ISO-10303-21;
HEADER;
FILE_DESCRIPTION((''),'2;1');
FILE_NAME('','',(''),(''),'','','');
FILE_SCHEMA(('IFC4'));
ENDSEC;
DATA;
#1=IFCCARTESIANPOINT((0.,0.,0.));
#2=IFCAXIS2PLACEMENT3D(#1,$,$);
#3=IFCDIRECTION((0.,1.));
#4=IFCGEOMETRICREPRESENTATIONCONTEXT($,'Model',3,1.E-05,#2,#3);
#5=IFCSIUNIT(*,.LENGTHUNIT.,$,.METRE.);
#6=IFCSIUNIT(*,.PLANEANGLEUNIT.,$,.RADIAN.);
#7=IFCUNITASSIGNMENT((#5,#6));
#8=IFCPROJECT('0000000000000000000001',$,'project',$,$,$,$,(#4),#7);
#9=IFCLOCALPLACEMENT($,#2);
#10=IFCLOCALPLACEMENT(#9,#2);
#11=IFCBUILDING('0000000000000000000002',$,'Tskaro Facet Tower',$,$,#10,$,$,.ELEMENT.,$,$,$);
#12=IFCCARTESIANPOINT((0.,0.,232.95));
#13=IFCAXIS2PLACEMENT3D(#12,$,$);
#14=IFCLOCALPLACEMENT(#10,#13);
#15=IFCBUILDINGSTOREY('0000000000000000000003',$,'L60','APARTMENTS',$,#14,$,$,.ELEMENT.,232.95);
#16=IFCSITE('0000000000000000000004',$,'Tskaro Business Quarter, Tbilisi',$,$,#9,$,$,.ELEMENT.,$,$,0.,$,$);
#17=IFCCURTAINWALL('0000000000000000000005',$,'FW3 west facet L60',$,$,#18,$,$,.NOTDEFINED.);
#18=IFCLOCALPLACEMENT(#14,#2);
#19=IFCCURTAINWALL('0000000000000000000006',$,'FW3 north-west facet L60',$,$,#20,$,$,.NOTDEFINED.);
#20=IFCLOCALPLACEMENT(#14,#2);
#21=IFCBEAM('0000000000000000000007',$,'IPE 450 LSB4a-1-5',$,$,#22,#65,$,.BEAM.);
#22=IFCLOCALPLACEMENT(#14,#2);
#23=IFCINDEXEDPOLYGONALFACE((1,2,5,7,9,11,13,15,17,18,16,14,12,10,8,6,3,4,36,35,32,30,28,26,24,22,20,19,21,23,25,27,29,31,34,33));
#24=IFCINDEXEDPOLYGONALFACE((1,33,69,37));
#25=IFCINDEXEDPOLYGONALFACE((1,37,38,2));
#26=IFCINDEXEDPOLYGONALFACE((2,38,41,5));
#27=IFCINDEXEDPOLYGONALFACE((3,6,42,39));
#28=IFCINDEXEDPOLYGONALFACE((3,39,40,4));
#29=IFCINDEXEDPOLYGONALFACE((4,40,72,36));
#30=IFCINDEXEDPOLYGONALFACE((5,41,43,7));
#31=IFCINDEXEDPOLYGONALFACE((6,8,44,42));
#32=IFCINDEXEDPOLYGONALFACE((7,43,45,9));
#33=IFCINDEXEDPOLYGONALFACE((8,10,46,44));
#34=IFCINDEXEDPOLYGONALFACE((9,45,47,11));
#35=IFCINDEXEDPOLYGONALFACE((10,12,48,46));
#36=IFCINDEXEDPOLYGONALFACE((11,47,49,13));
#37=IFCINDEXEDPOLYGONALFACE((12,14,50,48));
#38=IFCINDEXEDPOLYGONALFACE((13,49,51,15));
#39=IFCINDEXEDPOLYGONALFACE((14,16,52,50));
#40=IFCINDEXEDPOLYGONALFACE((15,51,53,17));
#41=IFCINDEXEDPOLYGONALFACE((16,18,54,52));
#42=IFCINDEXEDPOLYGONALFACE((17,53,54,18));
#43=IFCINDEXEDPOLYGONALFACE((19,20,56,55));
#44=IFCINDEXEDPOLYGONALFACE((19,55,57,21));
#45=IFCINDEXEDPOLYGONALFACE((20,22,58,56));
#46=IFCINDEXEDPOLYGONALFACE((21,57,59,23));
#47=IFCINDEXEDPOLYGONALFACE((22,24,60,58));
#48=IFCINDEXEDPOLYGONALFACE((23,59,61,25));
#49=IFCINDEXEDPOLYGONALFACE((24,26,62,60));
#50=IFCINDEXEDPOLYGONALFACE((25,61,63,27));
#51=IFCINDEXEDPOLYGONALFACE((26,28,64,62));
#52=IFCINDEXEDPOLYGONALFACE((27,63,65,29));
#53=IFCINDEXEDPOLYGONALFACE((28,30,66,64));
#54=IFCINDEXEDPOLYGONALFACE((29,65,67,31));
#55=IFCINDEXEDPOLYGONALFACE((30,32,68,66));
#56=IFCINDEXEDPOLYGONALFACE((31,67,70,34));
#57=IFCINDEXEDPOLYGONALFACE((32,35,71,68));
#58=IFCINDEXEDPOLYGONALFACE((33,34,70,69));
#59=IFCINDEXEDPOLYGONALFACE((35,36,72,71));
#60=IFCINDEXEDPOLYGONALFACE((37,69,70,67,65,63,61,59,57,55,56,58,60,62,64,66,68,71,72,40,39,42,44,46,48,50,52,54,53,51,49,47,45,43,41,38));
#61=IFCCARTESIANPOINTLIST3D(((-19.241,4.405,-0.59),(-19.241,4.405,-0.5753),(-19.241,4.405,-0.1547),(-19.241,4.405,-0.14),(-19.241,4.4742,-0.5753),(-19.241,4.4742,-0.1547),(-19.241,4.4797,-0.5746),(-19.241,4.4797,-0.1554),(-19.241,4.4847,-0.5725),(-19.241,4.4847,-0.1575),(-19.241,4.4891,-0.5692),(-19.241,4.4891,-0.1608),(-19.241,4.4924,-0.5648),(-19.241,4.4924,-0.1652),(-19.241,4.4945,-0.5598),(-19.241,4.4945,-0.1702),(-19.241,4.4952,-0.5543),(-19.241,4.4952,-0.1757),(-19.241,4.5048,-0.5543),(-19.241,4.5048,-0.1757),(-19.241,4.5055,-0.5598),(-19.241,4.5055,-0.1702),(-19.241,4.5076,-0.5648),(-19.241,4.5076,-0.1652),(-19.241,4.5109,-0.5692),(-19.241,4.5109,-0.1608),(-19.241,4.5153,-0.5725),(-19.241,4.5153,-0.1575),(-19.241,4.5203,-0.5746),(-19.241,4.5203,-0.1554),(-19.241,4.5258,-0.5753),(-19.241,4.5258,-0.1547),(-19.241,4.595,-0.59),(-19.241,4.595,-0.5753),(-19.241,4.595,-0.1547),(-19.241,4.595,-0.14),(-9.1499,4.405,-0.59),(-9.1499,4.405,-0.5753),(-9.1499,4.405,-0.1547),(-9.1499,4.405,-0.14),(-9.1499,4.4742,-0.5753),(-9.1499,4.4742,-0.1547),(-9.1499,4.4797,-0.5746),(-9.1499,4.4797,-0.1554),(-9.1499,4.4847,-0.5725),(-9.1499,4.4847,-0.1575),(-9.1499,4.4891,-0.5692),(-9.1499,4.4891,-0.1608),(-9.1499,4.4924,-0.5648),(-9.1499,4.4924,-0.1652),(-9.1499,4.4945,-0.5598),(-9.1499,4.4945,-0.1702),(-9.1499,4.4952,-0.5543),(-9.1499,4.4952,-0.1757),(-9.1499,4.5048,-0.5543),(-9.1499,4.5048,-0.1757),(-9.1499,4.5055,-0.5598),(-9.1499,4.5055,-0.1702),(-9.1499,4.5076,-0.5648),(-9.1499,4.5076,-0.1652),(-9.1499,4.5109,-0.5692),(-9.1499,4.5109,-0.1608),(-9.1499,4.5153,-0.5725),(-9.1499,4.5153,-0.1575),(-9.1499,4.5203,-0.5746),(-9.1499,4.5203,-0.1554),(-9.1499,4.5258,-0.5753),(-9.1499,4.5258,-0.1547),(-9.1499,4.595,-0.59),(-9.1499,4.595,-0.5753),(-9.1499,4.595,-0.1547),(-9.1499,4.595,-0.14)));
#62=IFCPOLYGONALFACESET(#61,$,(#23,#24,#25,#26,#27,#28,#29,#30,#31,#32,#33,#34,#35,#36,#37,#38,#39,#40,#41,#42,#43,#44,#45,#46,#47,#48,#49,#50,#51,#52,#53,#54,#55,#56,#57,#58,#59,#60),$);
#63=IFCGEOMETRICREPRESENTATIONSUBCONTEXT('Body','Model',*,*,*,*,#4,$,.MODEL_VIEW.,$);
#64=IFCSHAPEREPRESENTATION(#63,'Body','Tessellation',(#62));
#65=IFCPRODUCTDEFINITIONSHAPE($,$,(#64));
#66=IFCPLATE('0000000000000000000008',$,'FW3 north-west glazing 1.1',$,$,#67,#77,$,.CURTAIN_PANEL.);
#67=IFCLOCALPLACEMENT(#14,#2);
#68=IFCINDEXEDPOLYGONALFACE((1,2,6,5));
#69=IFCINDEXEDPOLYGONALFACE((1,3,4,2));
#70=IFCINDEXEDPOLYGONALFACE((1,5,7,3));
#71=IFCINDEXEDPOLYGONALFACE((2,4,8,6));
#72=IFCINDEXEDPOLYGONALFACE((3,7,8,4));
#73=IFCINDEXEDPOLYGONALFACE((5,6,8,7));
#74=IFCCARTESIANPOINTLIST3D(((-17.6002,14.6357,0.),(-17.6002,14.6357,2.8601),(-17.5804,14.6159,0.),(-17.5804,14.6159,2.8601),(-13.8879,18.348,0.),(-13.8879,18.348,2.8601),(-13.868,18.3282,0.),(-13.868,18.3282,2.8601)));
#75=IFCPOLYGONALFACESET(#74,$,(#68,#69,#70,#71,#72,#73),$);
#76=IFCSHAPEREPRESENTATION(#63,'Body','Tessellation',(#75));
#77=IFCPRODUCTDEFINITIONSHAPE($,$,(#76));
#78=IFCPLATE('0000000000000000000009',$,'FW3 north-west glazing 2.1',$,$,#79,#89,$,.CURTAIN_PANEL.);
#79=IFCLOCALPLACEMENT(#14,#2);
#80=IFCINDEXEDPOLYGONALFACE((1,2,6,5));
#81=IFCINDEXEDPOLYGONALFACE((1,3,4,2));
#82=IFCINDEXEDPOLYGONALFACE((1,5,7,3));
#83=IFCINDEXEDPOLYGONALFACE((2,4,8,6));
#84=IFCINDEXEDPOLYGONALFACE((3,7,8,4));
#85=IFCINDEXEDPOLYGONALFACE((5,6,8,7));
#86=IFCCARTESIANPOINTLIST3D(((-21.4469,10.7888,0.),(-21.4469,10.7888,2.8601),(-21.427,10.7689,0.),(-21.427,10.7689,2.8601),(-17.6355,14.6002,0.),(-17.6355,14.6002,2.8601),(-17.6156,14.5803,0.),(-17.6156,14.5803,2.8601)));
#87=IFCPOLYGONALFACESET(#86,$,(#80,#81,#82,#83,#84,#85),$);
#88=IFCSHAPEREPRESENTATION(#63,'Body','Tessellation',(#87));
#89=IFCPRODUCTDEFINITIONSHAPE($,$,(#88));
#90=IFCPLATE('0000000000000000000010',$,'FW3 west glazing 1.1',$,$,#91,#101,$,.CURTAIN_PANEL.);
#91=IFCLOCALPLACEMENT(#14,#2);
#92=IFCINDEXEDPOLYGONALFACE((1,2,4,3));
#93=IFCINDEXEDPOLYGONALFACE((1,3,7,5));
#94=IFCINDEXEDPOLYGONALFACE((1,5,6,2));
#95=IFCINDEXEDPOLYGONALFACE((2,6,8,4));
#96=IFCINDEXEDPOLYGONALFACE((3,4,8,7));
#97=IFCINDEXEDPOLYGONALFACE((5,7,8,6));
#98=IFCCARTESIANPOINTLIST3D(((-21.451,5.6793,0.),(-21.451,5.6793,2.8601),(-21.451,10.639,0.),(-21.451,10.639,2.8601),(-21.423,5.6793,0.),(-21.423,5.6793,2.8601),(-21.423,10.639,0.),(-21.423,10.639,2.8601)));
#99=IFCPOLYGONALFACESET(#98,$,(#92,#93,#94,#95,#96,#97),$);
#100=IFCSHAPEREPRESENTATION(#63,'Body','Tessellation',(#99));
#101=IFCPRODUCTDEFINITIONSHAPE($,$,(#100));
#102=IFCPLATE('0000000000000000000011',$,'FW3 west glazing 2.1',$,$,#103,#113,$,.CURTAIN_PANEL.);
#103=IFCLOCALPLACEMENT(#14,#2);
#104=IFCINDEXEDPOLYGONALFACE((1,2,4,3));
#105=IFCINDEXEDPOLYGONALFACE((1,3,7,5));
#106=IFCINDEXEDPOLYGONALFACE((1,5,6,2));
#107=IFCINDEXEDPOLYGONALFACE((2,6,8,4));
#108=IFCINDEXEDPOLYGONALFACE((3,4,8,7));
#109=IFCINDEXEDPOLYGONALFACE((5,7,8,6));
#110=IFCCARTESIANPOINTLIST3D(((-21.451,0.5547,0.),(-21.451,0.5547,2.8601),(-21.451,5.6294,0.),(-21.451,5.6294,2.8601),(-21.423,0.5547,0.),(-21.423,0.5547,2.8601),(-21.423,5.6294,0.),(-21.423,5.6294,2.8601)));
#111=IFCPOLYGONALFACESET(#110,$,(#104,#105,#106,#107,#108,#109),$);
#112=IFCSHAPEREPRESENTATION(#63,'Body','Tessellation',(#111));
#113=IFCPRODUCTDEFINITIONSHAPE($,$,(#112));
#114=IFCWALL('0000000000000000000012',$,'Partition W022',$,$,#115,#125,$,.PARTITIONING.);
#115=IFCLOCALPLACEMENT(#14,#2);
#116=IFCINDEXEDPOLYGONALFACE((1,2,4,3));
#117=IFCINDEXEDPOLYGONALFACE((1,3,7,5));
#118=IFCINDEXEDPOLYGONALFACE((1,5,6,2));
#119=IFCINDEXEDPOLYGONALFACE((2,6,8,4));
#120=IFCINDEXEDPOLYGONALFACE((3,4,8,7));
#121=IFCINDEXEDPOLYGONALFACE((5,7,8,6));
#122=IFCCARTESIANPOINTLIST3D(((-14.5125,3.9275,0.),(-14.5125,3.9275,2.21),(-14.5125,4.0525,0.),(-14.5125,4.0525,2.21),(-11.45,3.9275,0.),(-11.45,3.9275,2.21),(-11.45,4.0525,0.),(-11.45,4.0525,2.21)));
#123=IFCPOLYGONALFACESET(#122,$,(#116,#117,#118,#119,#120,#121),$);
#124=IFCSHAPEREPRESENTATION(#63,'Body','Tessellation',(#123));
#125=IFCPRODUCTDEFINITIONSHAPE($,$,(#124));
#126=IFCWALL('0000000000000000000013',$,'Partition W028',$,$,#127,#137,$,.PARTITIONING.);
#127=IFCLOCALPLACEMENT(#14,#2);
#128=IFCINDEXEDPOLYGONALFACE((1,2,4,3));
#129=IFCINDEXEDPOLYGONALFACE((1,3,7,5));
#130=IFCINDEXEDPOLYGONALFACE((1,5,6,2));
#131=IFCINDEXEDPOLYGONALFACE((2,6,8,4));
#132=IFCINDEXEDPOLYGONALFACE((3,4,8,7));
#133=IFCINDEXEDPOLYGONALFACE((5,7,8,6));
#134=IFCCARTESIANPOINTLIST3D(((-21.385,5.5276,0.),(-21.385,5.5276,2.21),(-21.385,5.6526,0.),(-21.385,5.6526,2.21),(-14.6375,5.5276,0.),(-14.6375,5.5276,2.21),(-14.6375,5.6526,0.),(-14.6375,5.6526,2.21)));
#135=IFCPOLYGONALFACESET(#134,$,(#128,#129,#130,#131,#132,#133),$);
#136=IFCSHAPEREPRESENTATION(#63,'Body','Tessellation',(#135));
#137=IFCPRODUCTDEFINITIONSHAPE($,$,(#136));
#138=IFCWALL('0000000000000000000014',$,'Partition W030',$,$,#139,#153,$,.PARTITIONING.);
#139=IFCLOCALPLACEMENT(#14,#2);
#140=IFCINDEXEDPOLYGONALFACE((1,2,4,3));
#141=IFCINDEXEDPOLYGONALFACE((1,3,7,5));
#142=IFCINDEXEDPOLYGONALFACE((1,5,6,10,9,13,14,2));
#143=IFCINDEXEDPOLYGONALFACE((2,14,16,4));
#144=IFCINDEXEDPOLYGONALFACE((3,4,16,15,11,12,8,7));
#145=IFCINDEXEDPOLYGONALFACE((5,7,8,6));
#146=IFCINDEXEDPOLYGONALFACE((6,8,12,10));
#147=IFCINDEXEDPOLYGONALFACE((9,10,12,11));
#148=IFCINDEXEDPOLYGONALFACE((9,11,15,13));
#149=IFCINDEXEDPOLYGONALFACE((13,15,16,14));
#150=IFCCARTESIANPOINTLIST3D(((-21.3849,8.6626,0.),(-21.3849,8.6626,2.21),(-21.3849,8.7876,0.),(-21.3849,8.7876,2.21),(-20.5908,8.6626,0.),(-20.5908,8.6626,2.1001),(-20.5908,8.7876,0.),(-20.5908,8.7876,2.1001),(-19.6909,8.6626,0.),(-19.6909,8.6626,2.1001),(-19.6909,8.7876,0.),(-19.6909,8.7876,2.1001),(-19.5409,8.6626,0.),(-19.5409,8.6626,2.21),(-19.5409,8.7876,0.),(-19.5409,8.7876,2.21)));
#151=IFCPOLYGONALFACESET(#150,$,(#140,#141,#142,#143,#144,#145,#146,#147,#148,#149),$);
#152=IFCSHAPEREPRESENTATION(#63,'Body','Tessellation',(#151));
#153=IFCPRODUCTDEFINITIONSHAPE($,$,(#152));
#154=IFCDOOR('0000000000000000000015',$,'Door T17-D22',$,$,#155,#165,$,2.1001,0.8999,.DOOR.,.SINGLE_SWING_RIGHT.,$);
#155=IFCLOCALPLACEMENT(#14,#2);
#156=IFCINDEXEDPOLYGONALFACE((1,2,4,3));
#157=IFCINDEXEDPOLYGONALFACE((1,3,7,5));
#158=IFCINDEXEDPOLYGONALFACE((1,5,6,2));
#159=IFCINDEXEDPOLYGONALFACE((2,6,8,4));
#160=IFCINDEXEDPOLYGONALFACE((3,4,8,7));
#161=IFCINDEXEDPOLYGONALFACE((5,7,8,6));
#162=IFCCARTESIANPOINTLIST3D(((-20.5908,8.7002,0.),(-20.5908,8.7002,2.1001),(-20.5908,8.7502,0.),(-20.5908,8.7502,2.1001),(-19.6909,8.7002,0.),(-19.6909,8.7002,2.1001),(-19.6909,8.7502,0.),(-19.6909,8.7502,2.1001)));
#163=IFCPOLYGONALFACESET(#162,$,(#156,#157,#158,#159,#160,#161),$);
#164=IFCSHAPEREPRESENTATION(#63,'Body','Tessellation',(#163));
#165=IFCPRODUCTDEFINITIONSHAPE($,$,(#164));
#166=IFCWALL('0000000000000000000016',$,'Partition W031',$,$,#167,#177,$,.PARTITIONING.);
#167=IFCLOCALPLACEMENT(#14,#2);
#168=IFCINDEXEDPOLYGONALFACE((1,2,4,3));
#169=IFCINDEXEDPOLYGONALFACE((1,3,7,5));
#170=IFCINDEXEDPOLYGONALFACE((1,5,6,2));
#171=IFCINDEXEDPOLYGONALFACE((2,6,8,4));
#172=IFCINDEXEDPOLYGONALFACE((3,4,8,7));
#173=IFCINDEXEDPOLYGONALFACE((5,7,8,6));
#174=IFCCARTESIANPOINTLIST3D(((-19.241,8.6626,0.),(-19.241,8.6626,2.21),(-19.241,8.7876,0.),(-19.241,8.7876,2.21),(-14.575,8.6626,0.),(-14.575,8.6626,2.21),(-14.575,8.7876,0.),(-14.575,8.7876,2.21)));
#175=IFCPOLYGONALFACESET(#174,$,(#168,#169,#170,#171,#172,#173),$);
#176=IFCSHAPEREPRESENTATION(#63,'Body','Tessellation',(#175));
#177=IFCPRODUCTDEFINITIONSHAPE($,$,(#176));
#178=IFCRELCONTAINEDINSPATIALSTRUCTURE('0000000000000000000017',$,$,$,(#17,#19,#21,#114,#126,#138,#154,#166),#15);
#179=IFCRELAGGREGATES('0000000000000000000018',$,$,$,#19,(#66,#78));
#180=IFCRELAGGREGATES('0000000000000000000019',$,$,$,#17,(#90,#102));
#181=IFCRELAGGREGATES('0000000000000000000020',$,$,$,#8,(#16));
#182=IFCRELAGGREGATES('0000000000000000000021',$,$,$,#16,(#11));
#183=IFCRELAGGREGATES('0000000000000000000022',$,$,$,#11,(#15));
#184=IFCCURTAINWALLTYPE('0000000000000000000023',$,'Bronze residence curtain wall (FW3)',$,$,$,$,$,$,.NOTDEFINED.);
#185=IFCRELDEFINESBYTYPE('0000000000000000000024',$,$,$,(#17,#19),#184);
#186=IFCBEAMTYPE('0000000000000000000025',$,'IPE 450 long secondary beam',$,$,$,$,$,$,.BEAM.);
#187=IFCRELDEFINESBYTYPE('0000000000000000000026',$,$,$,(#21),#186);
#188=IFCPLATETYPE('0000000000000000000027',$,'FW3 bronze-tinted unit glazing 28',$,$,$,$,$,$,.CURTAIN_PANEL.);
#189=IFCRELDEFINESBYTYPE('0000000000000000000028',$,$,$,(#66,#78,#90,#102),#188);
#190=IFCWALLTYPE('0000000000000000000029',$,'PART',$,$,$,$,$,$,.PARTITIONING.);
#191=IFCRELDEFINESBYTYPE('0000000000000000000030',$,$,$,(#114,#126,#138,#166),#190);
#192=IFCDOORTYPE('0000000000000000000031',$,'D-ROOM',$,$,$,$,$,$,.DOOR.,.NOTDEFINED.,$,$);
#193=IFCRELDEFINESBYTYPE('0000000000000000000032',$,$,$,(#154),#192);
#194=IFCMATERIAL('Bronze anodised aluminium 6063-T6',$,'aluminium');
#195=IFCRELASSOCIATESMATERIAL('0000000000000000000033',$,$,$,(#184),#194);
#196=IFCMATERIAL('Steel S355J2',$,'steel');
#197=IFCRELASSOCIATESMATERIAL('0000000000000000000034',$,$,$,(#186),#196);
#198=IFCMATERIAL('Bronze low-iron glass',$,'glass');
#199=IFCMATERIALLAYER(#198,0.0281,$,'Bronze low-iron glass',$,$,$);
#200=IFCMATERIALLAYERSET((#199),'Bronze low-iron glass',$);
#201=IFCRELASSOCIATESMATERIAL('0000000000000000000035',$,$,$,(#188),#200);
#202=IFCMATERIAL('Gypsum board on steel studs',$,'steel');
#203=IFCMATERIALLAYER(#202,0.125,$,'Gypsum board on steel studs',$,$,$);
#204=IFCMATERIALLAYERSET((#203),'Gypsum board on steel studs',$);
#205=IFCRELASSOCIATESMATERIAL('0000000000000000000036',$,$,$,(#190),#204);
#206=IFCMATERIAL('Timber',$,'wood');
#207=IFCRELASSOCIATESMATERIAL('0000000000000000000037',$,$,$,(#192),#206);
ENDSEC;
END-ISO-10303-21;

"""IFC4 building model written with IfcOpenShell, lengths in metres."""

from ifc_helpers import new_model, si_unit, direction, frame, frame_2d, origin, origin_2d, place, context, subcontext, project, spatial, rectangle, i_section, extrude, material, layer, layer_set, material_profile, profile_set, type_object, element, fill, aggregate, save


model = new_model("IFC4")

# Units and contexts
model_context = context("Model", 3, precision=1e-05, world=origin(), true_north=direction((0.0, 1.0)))
body_context = subcontext(model_context, "Body", "Model", "MODEL_VIEW")
ifc_project = project(units=[si_unit("LENGTHUNIT", "METRE"), si_unit("PLANEANGLEUNIT", "RADIAN")], contexts=[model_context])

# Site, building, storey
site_placement = place(None, origin())
site = spatial("IfcSite", under=ifc_project, at=site_placement, Name="Tskaro Business Quarter, Tbilisi", CompositionType="ELEMENT", RefElevation=0.0)
building_placement = place(site_placement, origin())
building = spatial("IfcBuilding", under=site, at=building_placement, Name="Tskaro Facet Tower", CompositionType="ELEMENT")
storey_placement = place(building_placement, frame((0.0, 0.0, 232.95)))
storey = spatial("IfcBuildingStorey", under=building, at=storey_placement, Name="L60", Description="APARTMENTS", CompositionType="ELEMENT", Elevation=232.95)

# Shared definitions
ifc_material_1 = material(Name="Steel S355J2", Category="steel")

# Curtain walls
ifc_material_2 = material(Name="Bronze anodised aluminium 6063-T6", Category="aluminium")
curtain_wall_type = type_object("IfcCurtainWallType", Name="Bronze residence curtain wall (FW3)", PredefinedType="NOTDEFINED", material=ifc_material_2)
curtain_wall_1_placement = place(storey_placement, origin())
curtain_wall_1 = element("IfcCurtainWall", 1, at=curtain_wall_1_placement, inside=storey, type_object=curtain_wall_type, Name="FW3 west facet L60", PredefinedType="NOTDEFINED")
curtain_wall_2_placement = place(storey_placement, origin())
curtain_wall_2 = element("IfcCurtainWall", 2, at=curtain_wall_2_placement, inside=storey, type_object=curtain_wall_type, Name="FW3 north-west facet L60", PredefinedType="NOTDEFINED")

# Beam
ifc_material_profile_1 = material_profile(ifc_material_1, i_section(OverallWidth=0.1899, OverallDepth=0.45, WebThickness=0.0095, FlangeThickness=0.0146, FilletRadius=0.021, at=origin_2d()), Name="IPE 450")
ifc_profile_set_1 = profile_set([ifc_material_profile_1], Name="Steel S355J2")
beam_type_1 = type_object("IfcBeamType", Name="IPE 450 long secondary beam", PredefinedType="BEAM", material=ifc_profile_set_1)
beam_1_placement = place(storey_placement, frame((-19.241, 4.5, -0.365), z_axis=(1.0, 0.0, 0.0), x_axis=(0.0, 1.0, 0.0)))
element("IfcBeam", 3, at=beam_1_placement, inside=storey, type_object=beam_type_1, Name="IPE 450 LSB4a-1-5", PredefinedType="BEAM", context=body_context, shape_type="SweptSolid", body=[
    extrude(i_section(OverallWidth=0.1899, OverallDepth=0.45, WebThickness=0.0095, FlangeThickness=0.0146, FilletRadius=0.021, at=origin_2d()), origin(), (0.0, 0.0, 1.0), 10.0911),
])

# Plates
ifc_material_3 = material(Name="Bronze low-iron glass", Category="glass")
ifc_layer_1 = layer(ifc_material_3, 0.0281, Name="Bronze low-iron glass")
ifc_layer_set_1 = layer_set([ifc_layer_1], Name="Bronze low-iron glass")
plate_type = type_object("IfcPlateType", Name="FW3 bronze-tinted unit glazing 28", PredefinedType="CURTAIN_PANEL", material=ifc_layer_set_1)
plate_1_placement = place(storey_placement, frame((-15.7341, 16.4819, 0.0), z_axis=(0.0, 0.0, 1.0), x_axis=(-0.707107, -0.707107, 0.0)))
plate_1 = element("IfcPlate", 4, at=plate_1_placement, type_object=plate_type, Name="FW3 north-west glazing 1.1", PredefinedType="CURTAIN_PANEL", context=body_context, shape_type="SweptSolid", body=[
    extrude(rectangle(XDim=5.25, YDim=0.0281, at=origin_2d()), origin(), (0.0, 0.0, 1.0), 2.8601),
])
plate_2_placement = place(storey_placement, frame((-19.5312, 12.6846, 0.0), z_axis=(0.0, 0.0, 1.0), x_axis=(-0.707107, -0.707107, 0.0)))
plate_2 = element("IfcPlate", 5, at=plate_2_placement, type_object=plate_type, Name="FW3 north-west glazing 2.1", PredefinedType="CURTAIN_PANEL", context=body_context, shape_type="SweptSolid", body=[
    extrude(rectangle(XDim=5.3901, YDim=0.0281, at=origin_2d()), origin(), (0.0, 0.0, 1.0), 2.8601),
])
aggregate(curtain_wall_2, [plate_1, plate_2])
plate_3_placement = place(storey_placement, frame((-21.437, 8.1592, 0.0), z_axis=(0.0, 0.0, 1.0), x_axis=(0.0, -1.0, 0.0)))
plate_3 = element("IfcPlate", 6, at=plate_3_placement, type_object=plate_type, Name="FW3 west glazing 1.1", PredefinedType="CURTAIN_PANEL", context=body_context, shape_type="SweptSolid", body=[
    extrude(rectangle(XDim=4.9597, YDim=0.0281, at=origin_2d()), origin(), (0.0, 0.0, 1.0), 2.8601),
])
plate_4_placement = place(storey_placement, frame((-21.437, 3.092, 0.0), z_axis=(0.0, 0.0, 1.0), x_axis=(0.0, -1.0, 0.0)))
plate_4 = element("IfcPlate", 7, at=plate_4_placement, type_object=plate_type, Name="FW3 west glazing 2.1", PredefinedType="CURTAIN_PANEL", context=body_context, shape_type="SweptSolid", body=[
    extrude(rectangle(XDim=5.0747, YDim=0.0281, at=origin_2d()), origin(), (0.0, 0.0, 1.0), 2.8601),
])
aggregate(curtain_wall_1, [plate_3, plate_4])

# Walls
ifc_material_4 = material(Name="Gypsum board on steel studs", Category="steel")
ifc_layer_2 = layer(ifc_material_4, 0.125, Name="Gypsum board on steel studs")
ifc_layer_set_2 = layer_set([ifc_layer_2], Name="Gypsum board on steel studs")
wall_type_1 = type_object("IfcWallType", Name="PART", PredefinedType="PARTITIONING", material=ifc_layer_set_2)
wall_1_placement = place(storey_placement, frame((-14.5125, 3.99, 0.0), z_axis=(0.0, 0.0, 1.0), x_axis=(1.0, 0.0, 0.0)))
element("IfcWall", 8, at=wall_1_placement, inside=storey, type_object=wall_type_1, Name="Partition W022", PredefinedType="PARTITIONING", context=body_context, shape_type="SweptSolid", body=[
    extrude(rectangle(XDim=3.0625, YDim=0.125, at=frame_2d((1.5312, 0.0))), origin(), (0.0, 0.0, 1.0), 2.21),
])
wall_2_placement = place(storey_placement, frame((-21.385, 5.5901, 0.0), z_axis=(0.0, 0.0, 1.0), x_axis=(1.0, 0.0, 0.0)))
element("IfcWall", 9, at=wall_2_placement, inside=storey, type_object=wall_type_1, Name="Partition W028", PredefinedType="PARTITIONING", context=body_context, shape_type="SweptSolid", body=[
    extrude(rectangle(XDim=6.7476, YDim=0.125, at=frame_2d((3.3738, 0.0))), origin(), (0.0, 0.0, 1.0), 2.21),
])

# Wall, opening, door
wall_3_placement = place(storey_placement, frame((-19.541, 8.7251, 0.0), z_axis=(0.0, 0.0, 1.0), x_axis=(-1.0, 0.0, 0.0)))
wall_3 = element("IfcWall", 10, at=wall_3_placement, inside=storey, type_object=wall_type_1, Name="Partition W030", PredefinedType="PARTITIONING", context=body_context, shape_type="SweptSolid", body=[
    extrude(rectangle(XDim=1.844, YDim=0.125, at=frame_2d((0.9219, 0.0))), origin(), (0.0, 0.0, 1.0), 2.21),
])
opening_1_placement = place(wall_3_placement, frame((0.1499, 0.0, 0.0)))
opening_1 = element("IfcOpeningElement", 11, at=opening_1_placement, cuts=wall_3, PredefinedType="OPENING", context=body_context, shape_type="SweptSolid", body=[
    extrude(rectangle(XDim=0.8999, YDim=2.1001, at=frame_2d((0.45, 1.05))), frame((0.0, 0.0725, 0.0), z_axis=(0.0, -1.0, 0.0), x_axis=(1.0, 0.0, 0.0)), (0.0, 0.0, 1.0), 0.145),
])
ifc_material_5 = material(Name="Timber", Category="wood")
door_type = type_object("IfcDoorType", Name="D-ROOM", OperationType="NOTDEFINED", PredefinedType="DOOR", material=ifc_material_5)
door_1_placement = place(opening_1_placement, origin())
door_1 = element("IfcDoor", 12, at=door_1_placement, inside=storey, type_object=door_type, Name="Door T17-D22", OperationType="SINGLE_SWING_RIGHT", OverallHeight=2.1001, OverallWidth=0.8999, PredefinedType="DOOR", context=body_context, shape_type="SweptSolid", body=[
    extrude(rectangle(XDim=0.8999, YDim=2.1001, at=frame_2d((0.45, 1.05))), frame((0.0, 0.0249, 0.0), z_axis=(0.0, -1.0, 0.0), x_axis=(1.0, 0.0, 0.0)), (0.0, 0.0, 1.0), 0.05),
])
fill(opening_1, door_1)

# Wall
wall_4_placement = place(storey_placement, frame((-19.241, 8.7251, 0.0), z_axis=(0.0, 0.0, 1.0), x_axis=(1.0, 0.0, 0.0)))
element("IfcWall", 13, at=wall_4_placement, inside=storey, type_object=wall_type_1, Name="Partition W031", PredefinedType="PARTITIONING", context=body_context, shape_type="SweptSolid", body=[
    extrude(rectangle(XDim=4.666, YDim=0.125, at=frame_2d((2.333, 0.0))), origin(), (0.0, 0.0, 1.0), 2.21),
])

save(model, "model.ifc")
